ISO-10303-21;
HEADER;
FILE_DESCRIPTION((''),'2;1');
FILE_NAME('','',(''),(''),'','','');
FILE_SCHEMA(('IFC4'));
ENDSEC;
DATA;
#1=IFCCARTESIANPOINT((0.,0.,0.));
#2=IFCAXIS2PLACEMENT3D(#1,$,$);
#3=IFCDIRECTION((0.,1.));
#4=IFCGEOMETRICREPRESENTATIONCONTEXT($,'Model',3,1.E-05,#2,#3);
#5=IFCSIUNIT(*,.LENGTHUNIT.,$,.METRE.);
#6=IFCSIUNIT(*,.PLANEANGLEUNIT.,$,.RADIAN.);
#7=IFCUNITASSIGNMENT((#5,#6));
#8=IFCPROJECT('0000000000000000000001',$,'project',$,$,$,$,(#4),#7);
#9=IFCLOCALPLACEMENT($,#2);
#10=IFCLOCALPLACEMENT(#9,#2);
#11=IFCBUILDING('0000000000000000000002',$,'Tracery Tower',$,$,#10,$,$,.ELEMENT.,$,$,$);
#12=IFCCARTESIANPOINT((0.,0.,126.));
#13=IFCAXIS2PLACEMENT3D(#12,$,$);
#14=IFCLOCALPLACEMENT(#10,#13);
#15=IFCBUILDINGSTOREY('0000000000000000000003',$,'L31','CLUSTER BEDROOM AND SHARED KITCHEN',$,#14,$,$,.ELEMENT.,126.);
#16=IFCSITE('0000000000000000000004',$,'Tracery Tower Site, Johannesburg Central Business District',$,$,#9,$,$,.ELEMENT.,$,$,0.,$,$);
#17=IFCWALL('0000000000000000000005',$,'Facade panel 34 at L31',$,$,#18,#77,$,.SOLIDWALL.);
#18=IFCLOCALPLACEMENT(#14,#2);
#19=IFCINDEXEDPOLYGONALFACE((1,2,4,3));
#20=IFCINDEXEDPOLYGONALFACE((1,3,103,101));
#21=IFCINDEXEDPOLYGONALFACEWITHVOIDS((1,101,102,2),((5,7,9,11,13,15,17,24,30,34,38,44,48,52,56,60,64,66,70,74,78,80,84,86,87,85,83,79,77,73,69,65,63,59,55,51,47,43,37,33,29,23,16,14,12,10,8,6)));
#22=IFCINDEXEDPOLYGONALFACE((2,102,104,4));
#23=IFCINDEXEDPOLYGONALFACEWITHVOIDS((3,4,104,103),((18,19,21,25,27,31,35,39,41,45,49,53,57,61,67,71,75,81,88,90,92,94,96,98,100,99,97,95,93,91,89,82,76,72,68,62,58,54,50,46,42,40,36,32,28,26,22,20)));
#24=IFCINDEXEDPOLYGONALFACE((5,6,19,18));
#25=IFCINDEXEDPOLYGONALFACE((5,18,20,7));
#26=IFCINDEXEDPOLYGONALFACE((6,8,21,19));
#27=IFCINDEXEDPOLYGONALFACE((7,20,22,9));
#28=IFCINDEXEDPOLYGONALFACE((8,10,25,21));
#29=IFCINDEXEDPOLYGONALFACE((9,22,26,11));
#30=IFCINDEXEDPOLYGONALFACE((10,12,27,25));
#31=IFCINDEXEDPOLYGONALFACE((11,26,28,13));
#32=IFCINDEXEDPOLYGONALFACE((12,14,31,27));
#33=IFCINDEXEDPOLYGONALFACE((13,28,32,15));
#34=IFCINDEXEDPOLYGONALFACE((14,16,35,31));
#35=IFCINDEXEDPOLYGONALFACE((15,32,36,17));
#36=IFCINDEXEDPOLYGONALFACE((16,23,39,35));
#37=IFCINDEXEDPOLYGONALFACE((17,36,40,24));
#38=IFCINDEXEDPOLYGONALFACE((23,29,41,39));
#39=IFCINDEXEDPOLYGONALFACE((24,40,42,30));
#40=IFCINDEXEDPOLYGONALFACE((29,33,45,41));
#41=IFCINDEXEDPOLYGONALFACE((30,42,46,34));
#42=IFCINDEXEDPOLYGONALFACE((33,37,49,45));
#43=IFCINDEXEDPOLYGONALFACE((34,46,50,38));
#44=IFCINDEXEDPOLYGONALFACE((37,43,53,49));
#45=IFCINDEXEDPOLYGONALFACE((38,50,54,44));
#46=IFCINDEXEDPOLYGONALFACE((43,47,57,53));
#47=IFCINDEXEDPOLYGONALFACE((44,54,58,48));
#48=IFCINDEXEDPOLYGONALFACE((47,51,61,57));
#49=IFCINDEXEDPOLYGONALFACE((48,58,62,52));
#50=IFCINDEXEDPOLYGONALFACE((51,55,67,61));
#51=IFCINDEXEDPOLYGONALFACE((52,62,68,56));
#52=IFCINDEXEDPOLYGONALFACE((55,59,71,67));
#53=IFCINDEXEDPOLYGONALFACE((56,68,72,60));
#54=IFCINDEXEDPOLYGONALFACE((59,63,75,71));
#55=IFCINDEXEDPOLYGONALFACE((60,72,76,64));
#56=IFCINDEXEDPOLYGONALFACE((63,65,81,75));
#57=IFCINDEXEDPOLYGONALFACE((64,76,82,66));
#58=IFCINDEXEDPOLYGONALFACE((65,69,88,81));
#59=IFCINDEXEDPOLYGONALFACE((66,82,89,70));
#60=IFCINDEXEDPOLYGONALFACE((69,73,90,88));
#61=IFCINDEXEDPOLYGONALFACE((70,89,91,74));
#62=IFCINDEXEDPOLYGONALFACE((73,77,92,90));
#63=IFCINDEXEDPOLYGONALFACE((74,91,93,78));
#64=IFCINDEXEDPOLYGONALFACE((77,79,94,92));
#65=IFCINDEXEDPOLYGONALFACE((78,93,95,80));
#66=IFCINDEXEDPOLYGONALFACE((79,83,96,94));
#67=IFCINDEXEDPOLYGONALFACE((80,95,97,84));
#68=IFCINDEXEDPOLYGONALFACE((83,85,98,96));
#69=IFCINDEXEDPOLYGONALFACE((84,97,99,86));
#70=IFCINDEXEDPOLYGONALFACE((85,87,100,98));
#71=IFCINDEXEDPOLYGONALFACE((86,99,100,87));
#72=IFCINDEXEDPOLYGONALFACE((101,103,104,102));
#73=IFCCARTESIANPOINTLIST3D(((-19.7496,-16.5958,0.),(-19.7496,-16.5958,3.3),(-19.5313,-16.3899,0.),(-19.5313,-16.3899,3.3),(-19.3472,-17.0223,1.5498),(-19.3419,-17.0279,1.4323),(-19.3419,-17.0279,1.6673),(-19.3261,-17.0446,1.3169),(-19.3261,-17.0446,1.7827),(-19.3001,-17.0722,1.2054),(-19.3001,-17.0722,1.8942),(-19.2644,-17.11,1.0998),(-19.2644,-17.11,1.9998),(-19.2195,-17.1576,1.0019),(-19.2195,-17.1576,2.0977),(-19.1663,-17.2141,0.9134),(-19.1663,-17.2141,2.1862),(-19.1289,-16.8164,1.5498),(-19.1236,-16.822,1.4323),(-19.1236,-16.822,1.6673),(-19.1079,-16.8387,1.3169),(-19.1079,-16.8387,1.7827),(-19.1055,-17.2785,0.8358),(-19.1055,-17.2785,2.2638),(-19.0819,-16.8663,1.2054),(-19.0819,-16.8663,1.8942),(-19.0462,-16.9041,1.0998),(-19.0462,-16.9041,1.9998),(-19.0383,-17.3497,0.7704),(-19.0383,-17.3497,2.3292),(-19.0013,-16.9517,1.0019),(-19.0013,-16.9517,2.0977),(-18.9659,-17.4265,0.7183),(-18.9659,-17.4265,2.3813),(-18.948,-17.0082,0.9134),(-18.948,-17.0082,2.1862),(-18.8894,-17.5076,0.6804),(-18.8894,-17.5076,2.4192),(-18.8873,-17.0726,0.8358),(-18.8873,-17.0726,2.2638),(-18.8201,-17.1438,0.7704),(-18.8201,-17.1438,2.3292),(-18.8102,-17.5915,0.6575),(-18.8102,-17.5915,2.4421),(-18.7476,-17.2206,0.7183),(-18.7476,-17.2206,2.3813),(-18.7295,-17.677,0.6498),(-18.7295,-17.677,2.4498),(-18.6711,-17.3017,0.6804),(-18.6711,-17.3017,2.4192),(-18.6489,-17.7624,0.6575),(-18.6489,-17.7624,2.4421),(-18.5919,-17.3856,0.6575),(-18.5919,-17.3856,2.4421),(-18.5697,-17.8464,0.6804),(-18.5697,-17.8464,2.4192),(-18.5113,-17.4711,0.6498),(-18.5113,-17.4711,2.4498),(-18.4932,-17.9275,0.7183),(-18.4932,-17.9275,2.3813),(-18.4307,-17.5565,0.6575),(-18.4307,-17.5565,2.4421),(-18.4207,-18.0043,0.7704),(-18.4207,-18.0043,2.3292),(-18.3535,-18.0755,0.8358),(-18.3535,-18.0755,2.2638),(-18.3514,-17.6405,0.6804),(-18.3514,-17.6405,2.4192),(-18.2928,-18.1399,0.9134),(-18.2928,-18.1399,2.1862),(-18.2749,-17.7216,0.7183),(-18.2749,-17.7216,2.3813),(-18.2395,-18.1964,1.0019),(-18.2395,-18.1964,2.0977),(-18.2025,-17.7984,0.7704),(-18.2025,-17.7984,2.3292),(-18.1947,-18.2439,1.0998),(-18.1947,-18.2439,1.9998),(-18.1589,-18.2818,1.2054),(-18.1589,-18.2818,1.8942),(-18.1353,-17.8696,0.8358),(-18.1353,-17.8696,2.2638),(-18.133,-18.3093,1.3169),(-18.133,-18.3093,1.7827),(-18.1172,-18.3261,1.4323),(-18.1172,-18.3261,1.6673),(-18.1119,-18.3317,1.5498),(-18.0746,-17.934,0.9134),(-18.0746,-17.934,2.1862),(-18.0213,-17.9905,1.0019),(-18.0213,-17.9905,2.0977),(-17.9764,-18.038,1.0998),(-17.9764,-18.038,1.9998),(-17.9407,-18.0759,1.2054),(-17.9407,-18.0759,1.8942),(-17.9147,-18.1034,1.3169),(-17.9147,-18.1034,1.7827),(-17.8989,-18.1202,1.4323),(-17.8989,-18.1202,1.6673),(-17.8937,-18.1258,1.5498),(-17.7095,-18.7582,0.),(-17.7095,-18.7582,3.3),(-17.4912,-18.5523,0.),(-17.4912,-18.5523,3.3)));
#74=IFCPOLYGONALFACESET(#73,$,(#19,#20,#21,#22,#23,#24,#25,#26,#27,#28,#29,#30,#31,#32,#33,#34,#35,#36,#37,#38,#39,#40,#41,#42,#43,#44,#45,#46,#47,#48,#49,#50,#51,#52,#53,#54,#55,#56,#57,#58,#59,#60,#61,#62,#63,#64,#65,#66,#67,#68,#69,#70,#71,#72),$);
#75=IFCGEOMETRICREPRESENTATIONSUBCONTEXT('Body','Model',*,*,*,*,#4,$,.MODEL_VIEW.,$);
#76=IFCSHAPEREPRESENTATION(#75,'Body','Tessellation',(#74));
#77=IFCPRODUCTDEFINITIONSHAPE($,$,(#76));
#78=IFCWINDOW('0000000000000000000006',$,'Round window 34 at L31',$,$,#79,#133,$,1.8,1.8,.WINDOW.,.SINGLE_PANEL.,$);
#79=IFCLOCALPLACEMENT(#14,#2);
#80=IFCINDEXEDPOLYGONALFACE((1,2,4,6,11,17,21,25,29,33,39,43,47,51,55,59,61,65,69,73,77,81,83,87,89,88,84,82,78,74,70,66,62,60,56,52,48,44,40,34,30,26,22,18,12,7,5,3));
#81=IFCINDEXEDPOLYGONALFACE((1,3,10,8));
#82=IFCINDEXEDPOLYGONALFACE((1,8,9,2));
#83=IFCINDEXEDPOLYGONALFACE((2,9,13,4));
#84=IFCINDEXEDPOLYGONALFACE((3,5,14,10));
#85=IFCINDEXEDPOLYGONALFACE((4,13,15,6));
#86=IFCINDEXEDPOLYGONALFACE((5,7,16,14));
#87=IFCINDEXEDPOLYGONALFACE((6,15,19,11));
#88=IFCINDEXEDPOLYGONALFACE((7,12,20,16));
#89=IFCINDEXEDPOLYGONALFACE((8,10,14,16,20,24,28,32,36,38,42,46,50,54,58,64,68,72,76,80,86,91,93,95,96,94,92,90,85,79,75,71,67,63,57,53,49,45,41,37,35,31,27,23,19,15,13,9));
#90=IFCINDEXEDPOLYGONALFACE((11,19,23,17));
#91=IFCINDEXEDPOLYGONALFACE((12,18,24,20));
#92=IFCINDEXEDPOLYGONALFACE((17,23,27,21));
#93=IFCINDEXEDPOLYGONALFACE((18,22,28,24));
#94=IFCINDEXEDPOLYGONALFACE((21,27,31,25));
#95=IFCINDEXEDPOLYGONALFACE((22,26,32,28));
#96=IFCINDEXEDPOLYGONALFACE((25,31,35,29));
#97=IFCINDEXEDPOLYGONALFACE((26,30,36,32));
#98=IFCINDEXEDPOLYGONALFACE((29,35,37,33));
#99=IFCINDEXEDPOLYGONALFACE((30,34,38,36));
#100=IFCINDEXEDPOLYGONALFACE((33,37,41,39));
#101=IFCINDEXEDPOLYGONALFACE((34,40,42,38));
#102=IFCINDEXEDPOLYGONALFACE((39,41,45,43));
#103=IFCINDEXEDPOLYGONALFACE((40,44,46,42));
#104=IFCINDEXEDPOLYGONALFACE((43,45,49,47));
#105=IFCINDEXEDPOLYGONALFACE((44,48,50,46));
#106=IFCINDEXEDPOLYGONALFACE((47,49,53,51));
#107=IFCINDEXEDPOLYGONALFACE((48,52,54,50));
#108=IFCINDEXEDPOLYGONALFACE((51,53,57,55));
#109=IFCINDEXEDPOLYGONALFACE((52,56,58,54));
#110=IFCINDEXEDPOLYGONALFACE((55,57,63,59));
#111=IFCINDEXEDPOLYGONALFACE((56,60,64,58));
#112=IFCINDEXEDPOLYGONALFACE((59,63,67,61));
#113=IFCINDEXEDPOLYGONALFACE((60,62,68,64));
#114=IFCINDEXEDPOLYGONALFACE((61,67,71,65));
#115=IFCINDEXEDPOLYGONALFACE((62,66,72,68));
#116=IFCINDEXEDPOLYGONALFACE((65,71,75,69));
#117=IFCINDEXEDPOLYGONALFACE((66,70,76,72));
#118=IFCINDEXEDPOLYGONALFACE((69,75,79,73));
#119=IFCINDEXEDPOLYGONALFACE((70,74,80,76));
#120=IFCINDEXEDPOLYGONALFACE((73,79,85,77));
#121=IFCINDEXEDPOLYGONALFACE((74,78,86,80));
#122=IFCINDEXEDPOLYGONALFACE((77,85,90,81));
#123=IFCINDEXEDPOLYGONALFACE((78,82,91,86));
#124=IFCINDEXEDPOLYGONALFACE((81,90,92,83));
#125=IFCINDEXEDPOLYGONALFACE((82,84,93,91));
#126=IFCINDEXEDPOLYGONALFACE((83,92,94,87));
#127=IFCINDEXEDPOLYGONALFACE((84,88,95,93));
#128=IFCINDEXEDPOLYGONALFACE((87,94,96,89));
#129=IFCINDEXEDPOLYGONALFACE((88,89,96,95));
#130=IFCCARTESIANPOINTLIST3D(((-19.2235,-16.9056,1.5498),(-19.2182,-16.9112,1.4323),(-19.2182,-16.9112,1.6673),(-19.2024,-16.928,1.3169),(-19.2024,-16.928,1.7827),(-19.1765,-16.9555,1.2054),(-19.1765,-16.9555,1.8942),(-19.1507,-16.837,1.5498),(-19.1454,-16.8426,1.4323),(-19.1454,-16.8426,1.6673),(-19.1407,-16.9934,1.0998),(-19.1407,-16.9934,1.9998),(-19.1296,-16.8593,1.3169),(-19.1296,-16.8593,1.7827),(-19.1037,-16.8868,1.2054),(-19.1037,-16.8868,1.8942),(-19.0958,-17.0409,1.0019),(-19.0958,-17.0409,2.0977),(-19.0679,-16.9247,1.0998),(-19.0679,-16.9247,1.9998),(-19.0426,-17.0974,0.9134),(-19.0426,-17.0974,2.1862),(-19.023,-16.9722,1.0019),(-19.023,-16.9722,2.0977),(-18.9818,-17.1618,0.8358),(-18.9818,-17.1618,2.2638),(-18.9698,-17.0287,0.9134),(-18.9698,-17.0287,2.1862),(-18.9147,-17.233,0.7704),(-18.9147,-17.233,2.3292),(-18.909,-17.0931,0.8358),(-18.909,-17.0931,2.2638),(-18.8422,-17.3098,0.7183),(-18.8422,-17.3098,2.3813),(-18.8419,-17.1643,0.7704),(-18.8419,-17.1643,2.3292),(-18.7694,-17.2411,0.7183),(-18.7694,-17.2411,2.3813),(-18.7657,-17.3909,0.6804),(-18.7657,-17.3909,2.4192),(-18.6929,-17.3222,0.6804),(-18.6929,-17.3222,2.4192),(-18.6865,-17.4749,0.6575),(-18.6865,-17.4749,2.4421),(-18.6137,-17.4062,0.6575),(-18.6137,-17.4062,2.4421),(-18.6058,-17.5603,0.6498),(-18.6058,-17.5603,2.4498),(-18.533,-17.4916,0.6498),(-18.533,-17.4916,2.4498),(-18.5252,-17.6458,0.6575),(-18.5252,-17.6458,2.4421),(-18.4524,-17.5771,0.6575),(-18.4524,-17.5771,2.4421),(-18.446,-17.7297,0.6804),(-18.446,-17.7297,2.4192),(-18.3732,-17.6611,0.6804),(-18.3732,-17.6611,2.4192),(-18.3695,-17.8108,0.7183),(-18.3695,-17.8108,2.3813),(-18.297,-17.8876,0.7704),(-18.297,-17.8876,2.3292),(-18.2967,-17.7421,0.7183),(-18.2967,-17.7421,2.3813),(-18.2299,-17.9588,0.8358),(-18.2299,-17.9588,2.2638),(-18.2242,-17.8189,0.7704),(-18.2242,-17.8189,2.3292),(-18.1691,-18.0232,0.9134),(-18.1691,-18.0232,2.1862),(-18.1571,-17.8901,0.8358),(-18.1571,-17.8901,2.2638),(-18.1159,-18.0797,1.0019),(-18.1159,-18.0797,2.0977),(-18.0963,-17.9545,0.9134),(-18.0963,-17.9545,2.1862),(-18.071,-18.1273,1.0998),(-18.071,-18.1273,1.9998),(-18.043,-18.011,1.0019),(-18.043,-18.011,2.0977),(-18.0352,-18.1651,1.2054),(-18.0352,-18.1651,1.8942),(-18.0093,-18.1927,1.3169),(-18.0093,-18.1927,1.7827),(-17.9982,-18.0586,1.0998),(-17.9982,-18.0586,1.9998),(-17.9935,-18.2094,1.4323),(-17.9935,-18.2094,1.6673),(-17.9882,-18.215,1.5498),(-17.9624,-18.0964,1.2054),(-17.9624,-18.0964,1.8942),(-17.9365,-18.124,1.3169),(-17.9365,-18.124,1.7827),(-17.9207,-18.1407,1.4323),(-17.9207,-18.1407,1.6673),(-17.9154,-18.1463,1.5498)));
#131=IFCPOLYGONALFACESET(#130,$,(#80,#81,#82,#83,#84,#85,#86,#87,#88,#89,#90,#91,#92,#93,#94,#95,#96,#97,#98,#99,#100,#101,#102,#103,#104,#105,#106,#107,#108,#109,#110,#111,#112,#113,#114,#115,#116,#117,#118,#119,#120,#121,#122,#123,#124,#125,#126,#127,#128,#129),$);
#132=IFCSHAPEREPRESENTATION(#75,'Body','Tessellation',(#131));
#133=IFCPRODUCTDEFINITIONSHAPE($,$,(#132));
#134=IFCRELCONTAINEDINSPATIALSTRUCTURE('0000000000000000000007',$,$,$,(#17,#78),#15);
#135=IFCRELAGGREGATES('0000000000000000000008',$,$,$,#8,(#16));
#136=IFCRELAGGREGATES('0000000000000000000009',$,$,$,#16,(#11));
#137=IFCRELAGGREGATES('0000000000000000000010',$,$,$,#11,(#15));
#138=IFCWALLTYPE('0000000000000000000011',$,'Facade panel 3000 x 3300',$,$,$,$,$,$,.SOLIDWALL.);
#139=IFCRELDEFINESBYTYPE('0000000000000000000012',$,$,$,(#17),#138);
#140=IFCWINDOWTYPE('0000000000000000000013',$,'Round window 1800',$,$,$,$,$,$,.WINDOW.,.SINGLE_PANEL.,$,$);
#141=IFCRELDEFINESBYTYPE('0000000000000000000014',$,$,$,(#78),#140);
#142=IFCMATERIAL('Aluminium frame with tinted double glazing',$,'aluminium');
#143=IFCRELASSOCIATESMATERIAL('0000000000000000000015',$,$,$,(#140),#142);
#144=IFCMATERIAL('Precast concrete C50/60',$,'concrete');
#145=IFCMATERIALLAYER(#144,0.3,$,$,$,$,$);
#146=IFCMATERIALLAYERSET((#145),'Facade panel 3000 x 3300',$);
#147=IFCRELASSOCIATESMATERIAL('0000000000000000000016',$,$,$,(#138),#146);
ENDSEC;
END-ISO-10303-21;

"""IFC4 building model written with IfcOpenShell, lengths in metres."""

from ifc_helpers import new_model, si_unit, direction, frame, frame_2d, origin, origin_2d, place, context, subcontext, project, spatial, rectangle, circle, extrude, material, layer, layer_set, type_object, element, fill, save


model = new_model("IFC4")

# Units and contexts
model_context = context("Model", 3, precision=1e-05, world=origin(), true_north=direction((0.0, 1.0)))
body_context = subcontext(model_context, "Body", "Model", "MODEL_VIEW")
ifc_project = project(units=[si_unit("LENGTHUNIT", "METRE"), si_unit("PLANEANGLEUNIT", "RADIAN")], contexts=[model_context])

# Site, building, storey
site_placement = place(None, origin())
site = spatial("IfcSite", under=ifc_project, at=site_placement, Name="Tracery Tower Site, Johannesburg Central Business District", CompositionType="ELEMENT", RefElevation=0.0)
building_placement = place(site_placement, origin())
building = spatial("IfcBuilding", under=site, at=building_placement, Name="Tracery Tower", CompositionType="ELEMENT")
storey_placement = place(building_placement, frame((0.0, 0.0, 126.0)))
storey = spatial("IfcBuildingStorey", under=building, at=storey_placement, Name="L31", Description="CLUSTER BEDROOM AND SHARED KITCHEN", CompositionType="ELEMENT", Elevation=126.0)

# Wall, opening, window
ifc_material_1 = material(Name="Aluminium frame with tinted double glazing", Category="aluminium")
window_type = type_object("IfcWindowType", Name="Round window 1800", PartitioningType="SINGLE_PANEL", PredefinedType="WINDOW", material=ifc_material_1)
ifc_material_2 = material(Name="Precast concrete C50/60", Category="concrete")
ifc_layer_1 = layer(ifc_material_2, 0.3)
ifc_layer_set_1 = layer_set([ifc_layer_1], Name="Facade panel 3000 x 3300")
wall_type_1 = type_object("IfcWallType", Name="Facade panel 3000 x 3300", PredefinedType="SOLIDWALL", material=ifc_layer_set_1)
wall_1_placement = place(storey_placement, frame((-19.6404, -16.4929, 0.0), z_axis=(0.0, 0.0, 1.0), x_axis=(0.686235, -0.72738, 0.0)))
wall_1 = element("IfcWall", 1, at=wall_1_placement, inside=storey, type_object=wall_type_1, Name="Facade panel 34 at L31", PredefinedType="SOLIDWALL", context=body_context, shape_type="SweptSolid", body=[
    extrude(rectangle(XDim=2.9729, YDim=0.3, at=frame_2d((1.4863, 0.0))), origin(), (0.0, 0.0, 1.0), 3.3),
])
opening_1_placement = place(wall_1_placement, frame((1.4863, 0.0, 1.5498)))
opening_1 = element("IfcOpeningElement", 2, at=opening_1_placement, cuts=wall_1, PredefinedType="OPENING", context=body_context, shape_type="SweptSolid", body=[
    extrude(circle(Radius=0.9, at=origin_2d()), frame((0.0, 0.1599, 0.0), z_axis=(0.0, -1.0, 0.0), x_axis=(1.0, 0.0, 0.0)), (0.0, 0.0, 1.0), 0.3201),
])
window_1_placement = place(opening_1_placement, origin())
window_1 = element("IfcWindow", 3, at=window_1_placement, inside=storey, type_object=window_type, Name="Round window 34 at L31", OverallHeight=1.8, OverallWidth=1.8, PartitioningType="SINGLE_PANEL", PredefinedType="WINDOW", context=body_context, shape_type="SweptSolid", body=[
    extrude(circle(Radius=0.9, at=origin_2d()), frame((0.0, 0.1201, 0.0), z_axis=(0.0, -1.0, 0.0), x_axis=(1.0, 0.0, 0.0)), (0.0, 0.0, 1.0), 0.1001),
])
fill(opening_1, window_1)

save(model, "model.ifc")
